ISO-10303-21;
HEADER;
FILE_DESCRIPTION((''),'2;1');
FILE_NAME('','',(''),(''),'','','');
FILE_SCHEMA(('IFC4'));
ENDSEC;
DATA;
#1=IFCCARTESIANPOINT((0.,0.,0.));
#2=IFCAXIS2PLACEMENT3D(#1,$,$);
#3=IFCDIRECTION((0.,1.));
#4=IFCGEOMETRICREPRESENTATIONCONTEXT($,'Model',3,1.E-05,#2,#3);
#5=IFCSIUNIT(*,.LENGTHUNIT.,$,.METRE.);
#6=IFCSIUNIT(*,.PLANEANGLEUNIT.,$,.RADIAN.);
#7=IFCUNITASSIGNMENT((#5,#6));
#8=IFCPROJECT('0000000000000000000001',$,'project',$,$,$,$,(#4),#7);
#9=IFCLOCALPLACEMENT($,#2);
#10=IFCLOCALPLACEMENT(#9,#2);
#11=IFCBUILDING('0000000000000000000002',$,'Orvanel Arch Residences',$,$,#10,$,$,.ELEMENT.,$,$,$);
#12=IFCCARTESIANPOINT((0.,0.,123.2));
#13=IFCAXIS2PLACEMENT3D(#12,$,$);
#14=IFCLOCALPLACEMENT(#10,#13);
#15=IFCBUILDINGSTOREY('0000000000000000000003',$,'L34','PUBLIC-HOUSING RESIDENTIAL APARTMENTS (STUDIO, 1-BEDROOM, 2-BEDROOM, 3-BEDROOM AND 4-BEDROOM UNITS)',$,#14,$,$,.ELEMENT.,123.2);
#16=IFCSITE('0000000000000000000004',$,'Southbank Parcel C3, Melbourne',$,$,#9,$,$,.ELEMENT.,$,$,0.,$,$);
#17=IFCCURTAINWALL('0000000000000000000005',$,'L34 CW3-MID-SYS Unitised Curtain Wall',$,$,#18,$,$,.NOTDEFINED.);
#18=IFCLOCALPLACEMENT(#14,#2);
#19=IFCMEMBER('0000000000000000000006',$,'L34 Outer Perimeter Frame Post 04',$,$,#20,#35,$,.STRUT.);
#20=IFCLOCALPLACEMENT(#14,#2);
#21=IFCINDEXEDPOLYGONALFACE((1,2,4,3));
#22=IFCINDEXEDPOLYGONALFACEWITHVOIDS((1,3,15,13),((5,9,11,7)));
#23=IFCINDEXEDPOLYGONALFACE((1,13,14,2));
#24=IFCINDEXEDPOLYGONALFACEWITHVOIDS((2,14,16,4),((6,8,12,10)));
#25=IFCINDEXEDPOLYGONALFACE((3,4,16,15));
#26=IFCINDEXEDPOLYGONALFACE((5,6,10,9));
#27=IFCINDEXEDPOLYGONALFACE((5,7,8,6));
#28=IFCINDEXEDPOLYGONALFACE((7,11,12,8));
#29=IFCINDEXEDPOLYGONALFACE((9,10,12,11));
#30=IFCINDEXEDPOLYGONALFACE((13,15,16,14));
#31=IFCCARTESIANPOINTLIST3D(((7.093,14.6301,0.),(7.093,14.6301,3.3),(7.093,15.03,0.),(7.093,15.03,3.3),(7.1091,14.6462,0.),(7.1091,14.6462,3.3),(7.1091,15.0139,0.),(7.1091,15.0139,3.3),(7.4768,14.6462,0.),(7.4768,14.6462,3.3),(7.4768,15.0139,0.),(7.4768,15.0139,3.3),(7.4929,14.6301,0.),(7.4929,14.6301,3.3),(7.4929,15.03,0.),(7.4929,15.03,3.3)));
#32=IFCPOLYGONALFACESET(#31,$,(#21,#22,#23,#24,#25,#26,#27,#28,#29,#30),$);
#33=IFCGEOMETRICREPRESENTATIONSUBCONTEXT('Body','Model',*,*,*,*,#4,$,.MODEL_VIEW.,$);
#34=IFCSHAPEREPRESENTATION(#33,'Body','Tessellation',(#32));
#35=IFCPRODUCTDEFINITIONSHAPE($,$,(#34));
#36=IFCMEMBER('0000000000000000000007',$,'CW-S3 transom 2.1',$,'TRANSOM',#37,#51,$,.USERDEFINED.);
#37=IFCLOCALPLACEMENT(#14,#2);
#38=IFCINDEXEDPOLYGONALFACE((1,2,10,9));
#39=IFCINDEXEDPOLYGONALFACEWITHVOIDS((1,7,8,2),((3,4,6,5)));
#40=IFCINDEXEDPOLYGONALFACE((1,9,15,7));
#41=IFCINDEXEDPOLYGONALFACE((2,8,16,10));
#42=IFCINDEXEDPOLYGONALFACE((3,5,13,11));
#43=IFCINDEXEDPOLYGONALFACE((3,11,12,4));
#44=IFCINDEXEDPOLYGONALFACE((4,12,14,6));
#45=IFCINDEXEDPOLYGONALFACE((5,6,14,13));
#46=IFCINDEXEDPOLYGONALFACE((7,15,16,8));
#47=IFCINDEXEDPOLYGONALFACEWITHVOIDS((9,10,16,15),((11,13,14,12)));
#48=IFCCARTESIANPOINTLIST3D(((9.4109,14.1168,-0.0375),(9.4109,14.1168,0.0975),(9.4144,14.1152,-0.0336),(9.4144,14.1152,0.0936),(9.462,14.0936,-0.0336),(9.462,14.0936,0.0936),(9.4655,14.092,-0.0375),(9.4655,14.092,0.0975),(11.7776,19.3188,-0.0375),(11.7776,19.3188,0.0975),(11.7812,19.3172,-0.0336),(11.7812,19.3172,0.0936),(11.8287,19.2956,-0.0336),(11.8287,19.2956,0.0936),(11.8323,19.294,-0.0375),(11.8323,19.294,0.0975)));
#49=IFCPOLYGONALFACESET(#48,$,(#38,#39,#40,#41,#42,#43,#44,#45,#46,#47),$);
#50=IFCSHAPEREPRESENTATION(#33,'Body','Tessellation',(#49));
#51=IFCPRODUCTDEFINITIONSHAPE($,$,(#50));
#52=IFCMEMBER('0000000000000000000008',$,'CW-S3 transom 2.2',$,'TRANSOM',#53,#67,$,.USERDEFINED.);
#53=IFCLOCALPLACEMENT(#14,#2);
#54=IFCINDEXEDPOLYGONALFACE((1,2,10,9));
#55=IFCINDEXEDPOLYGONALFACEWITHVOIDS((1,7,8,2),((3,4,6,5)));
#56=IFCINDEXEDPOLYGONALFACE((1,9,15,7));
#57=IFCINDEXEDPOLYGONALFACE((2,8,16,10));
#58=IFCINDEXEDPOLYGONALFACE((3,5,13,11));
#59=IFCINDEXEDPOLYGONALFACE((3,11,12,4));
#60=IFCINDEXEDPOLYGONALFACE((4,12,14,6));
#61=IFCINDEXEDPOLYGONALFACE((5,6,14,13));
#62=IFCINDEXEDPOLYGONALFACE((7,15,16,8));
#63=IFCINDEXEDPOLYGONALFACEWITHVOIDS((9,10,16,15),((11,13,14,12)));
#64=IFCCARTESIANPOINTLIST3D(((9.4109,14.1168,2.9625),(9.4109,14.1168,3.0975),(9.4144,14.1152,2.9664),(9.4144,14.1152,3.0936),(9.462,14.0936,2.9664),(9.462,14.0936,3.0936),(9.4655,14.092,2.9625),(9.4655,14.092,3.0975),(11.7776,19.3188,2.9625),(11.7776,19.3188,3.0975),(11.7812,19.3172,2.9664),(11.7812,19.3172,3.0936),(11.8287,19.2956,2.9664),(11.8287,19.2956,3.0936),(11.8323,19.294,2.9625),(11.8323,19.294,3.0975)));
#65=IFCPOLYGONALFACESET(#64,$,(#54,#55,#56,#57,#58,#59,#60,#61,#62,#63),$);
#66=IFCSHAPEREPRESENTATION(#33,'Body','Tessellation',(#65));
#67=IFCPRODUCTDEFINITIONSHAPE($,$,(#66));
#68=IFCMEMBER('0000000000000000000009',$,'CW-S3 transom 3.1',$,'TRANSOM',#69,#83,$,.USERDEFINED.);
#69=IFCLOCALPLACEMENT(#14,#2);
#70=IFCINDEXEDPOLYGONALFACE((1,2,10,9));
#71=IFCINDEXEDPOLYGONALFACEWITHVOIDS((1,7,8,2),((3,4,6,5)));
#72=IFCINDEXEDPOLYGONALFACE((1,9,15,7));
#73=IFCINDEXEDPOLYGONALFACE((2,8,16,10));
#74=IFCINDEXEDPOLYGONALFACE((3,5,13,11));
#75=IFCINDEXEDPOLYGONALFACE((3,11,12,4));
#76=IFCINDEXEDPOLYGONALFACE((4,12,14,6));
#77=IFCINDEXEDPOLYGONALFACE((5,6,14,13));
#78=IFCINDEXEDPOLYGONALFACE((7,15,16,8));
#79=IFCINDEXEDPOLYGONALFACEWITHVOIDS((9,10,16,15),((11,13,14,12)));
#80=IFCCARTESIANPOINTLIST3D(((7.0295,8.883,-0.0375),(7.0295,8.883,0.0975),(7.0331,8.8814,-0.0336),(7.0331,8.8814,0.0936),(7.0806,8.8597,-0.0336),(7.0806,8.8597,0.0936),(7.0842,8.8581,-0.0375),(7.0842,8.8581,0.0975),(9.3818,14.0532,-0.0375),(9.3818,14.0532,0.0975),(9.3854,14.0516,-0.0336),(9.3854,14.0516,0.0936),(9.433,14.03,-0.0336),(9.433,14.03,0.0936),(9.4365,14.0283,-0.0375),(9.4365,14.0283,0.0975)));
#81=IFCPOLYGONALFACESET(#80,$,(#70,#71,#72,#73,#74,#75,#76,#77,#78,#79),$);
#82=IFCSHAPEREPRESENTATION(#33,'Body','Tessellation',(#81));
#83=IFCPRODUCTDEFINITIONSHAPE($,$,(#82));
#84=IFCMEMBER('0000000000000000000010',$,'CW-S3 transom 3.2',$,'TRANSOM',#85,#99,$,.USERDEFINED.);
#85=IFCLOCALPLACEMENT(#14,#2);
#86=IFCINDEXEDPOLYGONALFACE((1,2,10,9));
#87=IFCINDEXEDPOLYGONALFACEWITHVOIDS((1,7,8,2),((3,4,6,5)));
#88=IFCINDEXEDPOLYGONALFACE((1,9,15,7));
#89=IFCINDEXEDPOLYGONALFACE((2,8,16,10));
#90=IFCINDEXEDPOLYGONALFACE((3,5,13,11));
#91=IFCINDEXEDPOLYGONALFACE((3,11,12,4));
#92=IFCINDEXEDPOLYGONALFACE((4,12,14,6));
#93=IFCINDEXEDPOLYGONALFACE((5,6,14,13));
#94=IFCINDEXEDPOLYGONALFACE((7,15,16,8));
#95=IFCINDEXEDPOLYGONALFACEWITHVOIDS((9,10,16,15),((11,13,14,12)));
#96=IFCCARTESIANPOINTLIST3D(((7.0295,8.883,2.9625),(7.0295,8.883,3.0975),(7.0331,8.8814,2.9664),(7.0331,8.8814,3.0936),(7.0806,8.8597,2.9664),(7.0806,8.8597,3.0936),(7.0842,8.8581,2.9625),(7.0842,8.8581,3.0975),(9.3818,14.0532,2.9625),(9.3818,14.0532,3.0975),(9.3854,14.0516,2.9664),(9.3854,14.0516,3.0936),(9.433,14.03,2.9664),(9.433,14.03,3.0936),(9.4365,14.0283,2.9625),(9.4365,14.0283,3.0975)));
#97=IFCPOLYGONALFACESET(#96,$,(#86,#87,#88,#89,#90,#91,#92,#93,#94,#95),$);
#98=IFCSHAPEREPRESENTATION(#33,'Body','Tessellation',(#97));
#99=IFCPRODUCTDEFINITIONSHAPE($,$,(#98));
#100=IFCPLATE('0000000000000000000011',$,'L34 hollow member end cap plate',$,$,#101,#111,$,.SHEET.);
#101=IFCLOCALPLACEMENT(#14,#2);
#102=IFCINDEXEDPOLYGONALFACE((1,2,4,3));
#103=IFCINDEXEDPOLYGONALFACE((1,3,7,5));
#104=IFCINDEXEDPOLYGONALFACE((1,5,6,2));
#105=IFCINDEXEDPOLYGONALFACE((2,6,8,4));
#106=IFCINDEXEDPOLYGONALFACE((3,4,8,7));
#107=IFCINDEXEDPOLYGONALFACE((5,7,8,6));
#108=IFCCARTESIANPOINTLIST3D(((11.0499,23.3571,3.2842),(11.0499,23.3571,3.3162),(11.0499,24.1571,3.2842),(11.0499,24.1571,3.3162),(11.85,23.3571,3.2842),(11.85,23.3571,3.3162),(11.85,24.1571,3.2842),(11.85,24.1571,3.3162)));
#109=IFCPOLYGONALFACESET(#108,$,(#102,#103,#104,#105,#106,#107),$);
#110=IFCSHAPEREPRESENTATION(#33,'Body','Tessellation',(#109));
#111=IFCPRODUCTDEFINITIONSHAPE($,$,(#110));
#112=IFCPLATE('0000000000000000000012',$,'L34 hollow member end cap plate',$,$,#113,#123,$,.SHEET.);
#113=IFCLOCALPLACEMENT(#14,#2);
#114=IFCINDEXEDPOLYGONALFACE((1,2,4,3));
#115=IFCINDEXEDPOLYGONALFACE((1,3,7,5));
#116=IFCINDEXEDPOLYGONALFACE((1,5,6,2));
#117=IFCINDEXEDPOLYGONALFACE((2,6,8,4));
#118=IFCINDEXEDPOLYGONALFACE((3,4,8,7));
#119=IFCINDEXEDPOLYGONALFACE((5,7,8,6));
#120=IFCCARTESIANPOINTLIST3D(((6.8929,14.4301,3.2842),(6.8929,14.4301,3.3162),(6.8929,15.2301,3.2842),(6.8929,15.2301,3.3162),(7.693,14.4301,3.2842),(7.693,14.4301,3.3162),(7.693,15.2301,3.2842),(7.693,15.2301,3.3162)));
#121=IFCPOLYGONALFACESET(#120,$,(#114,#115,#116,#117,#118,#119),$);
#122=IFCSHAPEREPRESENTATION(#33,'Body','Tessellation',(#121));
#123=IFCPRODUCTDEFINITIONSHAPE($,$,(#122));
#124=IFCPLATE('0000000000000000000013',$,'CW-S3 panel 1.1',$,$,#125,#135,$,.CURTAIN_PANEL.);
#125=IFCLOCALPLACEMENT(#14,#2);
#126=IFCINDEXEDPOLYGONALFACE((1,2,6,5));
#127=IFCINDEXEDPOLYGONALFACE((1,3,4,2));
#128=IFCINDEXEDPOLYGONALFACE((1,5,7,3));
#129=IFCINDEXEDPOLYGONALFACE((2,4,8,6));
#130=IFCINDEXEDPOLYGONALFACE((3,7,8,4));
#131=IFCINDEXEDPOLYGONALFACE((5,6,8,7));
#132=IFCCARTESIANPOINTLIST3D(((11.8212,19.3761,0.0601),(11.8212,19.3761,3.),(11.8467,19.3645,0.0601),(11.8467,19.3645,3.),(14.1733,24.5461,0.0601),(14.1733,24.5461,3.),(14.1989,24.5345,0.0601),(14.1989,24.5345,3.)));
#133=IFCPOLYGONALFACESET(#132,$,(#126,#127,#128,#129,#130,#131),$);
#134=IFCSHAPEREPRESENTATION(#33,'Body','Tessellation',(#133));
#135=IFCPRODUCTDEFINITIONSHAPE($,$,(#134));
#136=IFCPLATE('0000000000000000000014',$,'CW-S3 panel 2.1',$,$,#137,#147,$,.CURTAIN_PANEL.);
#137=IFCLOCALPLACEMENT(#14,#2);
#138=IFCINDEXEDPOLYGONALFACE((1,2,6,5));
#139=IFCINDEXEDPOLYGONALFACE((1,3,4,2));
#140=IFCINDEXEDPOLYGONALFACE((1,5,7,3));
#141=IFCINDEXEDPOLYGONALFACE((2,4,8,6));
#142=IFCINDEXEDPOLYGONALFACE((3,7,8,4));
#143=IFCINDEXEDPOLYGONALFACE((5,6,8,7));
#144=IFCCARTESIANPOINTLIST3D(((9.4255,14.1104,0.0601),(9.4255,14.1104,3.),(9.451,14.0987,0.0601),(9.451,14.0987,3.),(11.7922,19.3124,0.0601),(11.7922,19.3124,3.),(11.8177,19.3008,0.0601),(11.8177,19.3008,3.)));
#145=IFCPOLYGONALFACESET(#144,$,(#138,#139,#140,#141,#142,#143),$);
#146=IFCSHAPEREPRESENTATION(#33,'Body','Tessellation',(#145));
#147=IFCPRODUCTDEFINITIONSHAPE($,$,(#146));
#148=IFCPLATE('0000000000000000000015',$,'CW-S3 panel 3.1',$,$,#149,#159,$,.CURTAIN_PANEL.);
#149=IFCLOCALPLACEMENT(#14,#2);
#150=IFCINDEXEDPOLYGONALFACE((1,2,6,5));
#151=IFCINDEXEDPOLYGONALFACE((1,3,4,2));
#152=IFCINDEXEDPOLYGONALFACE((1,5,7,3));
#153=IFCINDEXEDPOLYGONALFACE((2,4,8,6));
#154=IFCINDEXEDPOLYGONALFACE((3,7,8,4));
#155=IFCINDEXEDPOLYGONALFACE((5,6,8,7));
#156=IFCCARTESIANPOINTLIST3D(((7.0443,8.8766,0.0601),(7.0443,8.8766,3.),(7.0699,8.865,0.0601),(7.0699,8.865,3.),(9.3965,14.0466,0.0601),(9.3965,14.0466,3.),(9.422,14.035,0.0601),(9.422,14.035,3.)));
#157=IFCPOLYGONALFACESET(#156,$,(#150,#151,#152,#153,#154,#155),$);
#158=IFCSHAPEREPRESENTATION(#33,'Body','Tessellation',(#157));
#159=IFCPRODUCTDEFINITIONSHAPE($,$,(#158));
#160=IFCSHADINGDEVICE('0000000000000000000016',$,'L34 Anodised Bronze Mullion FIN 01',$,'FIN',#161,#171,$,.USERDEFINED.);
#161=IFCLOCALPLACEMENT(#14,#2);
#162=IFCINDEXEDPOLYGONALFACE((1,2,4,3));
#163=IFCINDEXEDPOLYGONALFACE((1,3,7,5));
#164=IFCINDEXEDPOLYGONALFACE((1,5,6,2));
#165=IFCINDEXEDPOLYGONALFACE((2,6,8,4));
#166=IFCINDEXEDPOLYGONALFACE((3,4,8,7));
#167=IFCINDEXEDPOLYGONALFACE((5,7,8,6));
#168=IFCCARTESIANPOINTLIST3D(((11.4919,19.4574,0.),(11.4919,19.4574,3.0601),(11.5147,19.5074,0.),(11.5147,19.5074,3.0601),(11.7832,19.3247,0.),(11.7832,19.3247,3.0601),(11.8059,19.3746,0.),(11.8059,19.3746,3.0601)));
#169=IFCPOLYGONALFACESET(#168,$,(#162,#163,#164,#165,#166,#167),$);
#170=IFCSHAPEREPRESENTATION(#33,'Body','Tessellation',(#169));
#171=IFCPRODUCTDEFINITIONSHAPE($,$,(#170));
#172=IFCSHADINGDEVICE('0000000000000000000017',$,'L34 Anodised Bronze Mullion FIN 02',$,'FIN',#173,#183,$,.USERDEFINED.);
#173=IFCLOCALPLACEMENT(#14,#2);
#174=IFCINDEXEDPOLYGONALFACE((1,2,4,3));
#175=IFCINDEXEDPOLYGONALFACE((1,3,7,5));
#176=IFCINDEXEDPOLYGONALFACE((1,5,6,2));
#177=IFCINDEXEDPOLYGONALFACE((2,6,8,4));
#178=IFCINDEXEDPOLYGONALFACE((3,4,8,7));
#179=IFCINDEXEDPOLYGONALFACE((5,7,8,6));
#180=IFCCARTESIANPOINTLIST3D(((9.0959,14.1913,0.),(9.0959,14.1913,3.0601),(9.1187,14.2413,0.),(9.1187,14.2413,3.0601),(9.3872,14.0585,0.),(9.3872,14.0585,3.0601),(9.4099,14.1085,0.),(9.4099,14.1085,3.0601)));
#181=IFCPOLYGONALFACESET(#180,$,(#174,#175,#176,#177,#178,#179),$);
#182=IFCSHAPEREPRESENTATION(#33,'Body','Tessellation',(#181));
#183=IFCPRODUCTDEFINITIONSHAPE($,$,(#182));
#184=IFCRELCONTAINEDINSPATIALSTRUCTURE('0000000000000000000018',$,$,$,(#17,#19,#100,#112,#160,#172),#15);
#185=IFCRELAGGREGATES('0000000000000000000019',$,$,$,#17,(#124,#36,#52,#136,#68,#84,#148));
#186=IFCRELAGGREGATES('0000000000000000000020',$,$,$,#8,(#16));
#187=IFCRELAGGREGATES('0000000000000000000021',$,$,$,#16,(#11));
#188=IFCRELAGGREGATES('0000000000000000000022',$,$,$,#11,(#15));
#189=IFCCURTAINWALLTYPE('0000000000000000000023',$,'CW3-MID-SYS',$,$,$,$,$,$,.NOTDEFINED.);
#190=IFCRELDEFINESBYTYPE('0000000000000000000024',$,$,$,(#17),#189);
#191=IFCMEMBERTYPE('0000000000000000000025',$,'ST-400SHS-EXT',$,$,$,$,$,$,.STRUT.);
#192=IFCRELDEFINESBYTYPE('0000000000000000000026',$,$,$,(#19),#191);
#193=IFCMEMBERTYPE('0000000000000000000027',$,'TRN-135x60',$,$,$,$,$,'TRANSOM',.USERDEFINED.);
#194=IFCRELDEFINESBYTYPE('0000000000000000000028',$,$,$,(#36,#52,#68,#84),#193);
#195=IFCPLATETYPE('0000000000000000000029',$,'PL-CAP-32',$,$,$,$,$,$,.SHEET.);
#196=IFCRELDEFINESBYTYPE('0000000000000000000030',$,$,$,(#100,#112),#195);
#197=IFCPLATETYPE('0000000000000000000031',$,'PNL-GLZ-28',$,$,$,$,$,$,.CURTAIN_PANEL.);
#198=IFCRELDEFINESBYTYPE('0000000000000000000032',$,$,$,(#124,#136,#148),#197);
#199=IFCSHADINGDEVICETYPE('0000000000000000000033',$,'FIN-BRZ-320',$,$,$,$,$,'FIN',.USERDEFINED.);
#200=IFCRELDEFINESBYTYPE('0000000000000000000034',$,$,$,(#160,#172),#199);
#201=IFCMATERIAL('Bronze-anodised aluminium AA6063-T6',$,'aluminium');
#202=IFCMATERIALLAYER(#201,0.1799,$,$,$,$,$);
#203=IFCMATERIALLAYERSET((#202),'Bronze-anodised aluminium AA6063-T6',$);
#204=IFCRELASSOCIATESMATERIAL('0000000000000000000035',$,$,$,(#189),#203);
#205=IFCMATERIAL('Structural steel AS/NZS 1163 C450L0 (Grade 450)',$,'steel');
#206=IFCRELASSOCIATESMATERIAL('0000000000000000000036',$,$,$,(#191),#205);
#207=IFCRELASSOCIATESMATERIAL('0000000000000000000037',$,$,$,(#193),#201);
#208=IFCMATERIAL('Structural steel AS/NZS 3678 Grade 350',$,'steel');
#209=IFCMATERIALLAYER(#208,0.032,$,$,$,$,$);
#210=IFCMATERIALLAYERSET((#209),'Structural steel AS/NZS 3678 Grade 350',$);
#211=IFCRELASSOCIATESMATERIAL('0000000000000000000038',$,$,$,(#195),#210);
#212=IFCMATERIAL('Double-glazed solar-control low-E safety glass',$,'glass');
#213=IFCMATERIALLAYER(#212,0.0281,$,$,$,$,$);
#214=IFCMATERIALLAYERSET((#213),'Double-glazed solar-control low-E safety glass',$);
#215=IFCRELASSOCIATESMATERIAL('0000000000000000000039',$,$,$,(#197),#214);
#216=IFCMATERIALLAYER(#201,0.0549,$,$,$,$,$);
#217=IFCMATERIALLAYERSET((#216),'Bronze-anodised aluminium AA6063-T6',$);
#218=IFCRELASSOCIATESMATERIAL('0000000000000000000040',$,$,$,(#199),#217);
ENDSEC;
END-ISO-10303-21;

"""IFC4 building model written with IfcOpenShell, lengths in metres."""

from ifc_helpers import new_model, si_unit, direction, frame, origin, origin_2d, place, context, subcontext, project, spatial, rectangle, hollow_rectangle, extrude, material, layer, layer_set, material_profile, profile_set, type_object, element, aggregate, save


model = new_model("IFC4")

# Units and contexts
model_context = context("Model", 3, precision=1e-05, world=origin(), true_north=direction((0.0, 1.0)))
body_context = subcontext(model_context, "Body", "Model", "MODEL_VIEW")
ifc_project = project(units=[si_unit("LENGTHUNIT", "METRE"), si_unit("PLANEANGLEUNIT", "RADIAN")], contexts=[model_context])

# Site, building, storey
site_placement = place(None, origin())
site = spatial("IfcSite", under=ifc_project, at=site_placement, Name="Southbank Parcel C3, Melbourne", CompositionType="ELEMENT", RefElevation=0.0)
building_placement = place(site_placement, origin())
building = spatial("IfcBuilding", under=site, at=building_placement, Name="Orvanel Arch Residences", CompositionType="ELEMENT")
storey_placement = place(building_placement, frame((0.0, 0.0, 123.2)))
storey = spatial("IfcBuildingStorey", under=building, at=storey_placement, Name="L34", Description="PUBLIC-HOUSING RESIDENTIAL APARTMENTS (STUDIO, 1-BEDROOM, 2-BEDROOM, 3-BEDROOM AND 4-BEDROOM UNITS)", CompositionType="ELEMENT", Elevation=123.2)

# Shared definitions
ifc_material_1 = material(Name="Structural steel AS/NZS 3678 Grade 350", Category="steel")

# Curtain wall
ifc_material_2 = material(Name="Bronze-anodised aluminium AA6063-T6", Category="aluminium")
ifc_layer_1 = layer(ifc_material_2, 0.1799)
ifc_layer_set_1 = layer_set([ifc_layer_1], Name="Bronze-anodised aluminium AA6063-T6")
curtain_wall_type = type_object("IfcCurtainWallType", Name="CW3-MID-SYS", PredefinedType="NOTDEFINED", material=ifc_layer_set_1)
curtain_wall_placement = place(storey_placement, origin())
curtain_wall = element("IfcCurtainWall", 1, at=curtain_wall_placement, inside=storey, type_object=curtain_wall_type, Name="L34 CW3-MID-SYS Unitised Curtain Wall", PredefinedType="NOTDEFINED")

# Member
ifc_material_3 = material(Name="Structural steel AS/NZS 1163 C450L0 (Grade 450)", Category="steel")
ifc_material_profile_1 = material_profile(ifc_material_3, hollow_rectangle(XDim=0.3999, YDim=0.3999, WallThickness=0.0161, at=origin_2d()), Name="SHS400x400x16")
ifc_profile_set_1 = profile_set([ifc_material_profile_1], Name="Structural steel AS/NZS 1163 C450L0 (Grade 450)")
member_type_1 = type_object("IfcMemberType", Name="ST-400SHS-EXT", PredefinedType="STRUT", material=ifc_profile_set_1)
for number, where, z_axis, x_axis, name in (
    (2, (7.293, 14.8301, 0.0), (0.0, 0.0, 1.0), (1.0, 0.0, 0.0), "L34 Outer Perimeter Frame Post 04"),
):
    element("IfcMember", number, at=place(storey_placement, frame(where, z_axis=z_axis, x_axis=x_axis)), inside=storey, type_object=member_type_1, Name=name, PredefinedType="STRUT", context=body_context, shape_type="SweptSolid", body=[
        extrude(hollow_rectangle(XDim=0.3999, YDim=0.3999, WallThickness=0.0161, at=origin_2d()), origin(), (0.0, 0.0, 1.0), 3.3),
    ])

# Members
ifc_material_profile_2 = material_profile(ifc_material_2, hollow_rectangle(XDim=0.0601, YDim=0.135, WallThickness=0.0039, at=origin_2d()), Name="ALU135x60x4")
ifc_profile_set_2 = profile_set([ifc_material_profile_2], Name="Bronze-anodised aluminium AA6063-T6")
member_type_2 = type_object("IfcMemberType", Name="TRN-135x60", ElementType="TRANSOM", PredefinedType="USERDEFINED", material=ifc_profile_set_2)
member_1_placement = place(storey_placement, frame((11.8049, 19.3064, 0.03), z_axis=(-0.414122, -0.910222, 0.0), x_axis=(0.910222, -0.414122, 0.0)))
member_1 = element("IfcMember", 3, at=member_1_placement, type_object=member_type_2, Name="CW-S3 transom 2.1", ObjectType="TRANSOM", PredefinedType="USERDEFINED", context=body_context, shape_type="SweptSolid", body=[
    extrude(hollow_rectangle(XDim=0.0601, YDim=0.135, WallThickness=0.0039, at=origin_2d()), origin(), (0.0, 0.0, 1.0), 5.7151),
])
member_2_placement = place(storey_placement, frame((11.8049, 19.3064, 3.03), z_axis=(-0.414122, -0.910222, 0.0), x_axis=(0.910222, -0.414122, 0.0)))
member_2 = element("IfcMember", 4, at=member_2_placement, type_object=member_type_2, Name="CW-S3 transom 2.2", ObjectType="TRANSOM", PredefinedType="USERDEFINED", context=body_context, shape_type="SweptSolid", body=[
    extrude(hollow_rectangle(XDim=0.0601, YDim=0.135, WallThickness=0.0039, at=origin_2d()), origin(), (0.0, 0.0, 1.0), 5.7151),
])
member_3_placement = place(storey_placement, frame((9.4092, 14.0408, 0.03), z_axis=(-0.414127, -0.910219, 0.0), x_axis=(0.910219, -0.414127, 0.0)))
member_3 = element("IfcMember", 5, at=member_3_placement, type_object=member_type_2, Name="CW-S3 transom 3.1", ObjectType="TRANSOM", PredefinedType="USERDEFINED", context=body_context, shape_type="SweptSolid", body=[
    extrude(hollow_rectangle(XDim=0.0601, YDim=0.135, WallThickness=0.0039, at=origin_2d()), origin(), (0.0, 0.0, 1.0), 5.6802),
])
member_4_placement = place(storey_placement, frame((9.4092, 14.0408, 3.03), z_axis=(-0.414127, -0.910219, 0.0), x_axis=(0.910219, -0.414127, 0.0)))
member_4 = element("IfcMember", 6, at=member_4_placement, type_object=member_type_2, Name="CW-S3 transom 3.2", ObjectType="TRANSOM", PredefinedType="USERDEFINED", context=body_context, shape_type="SweptSolid", body=[
    extrude(hollow_rectangle(XDim=0.0601, YDim=0.135, WallThickness=0.0039, at=origin_2d()), origin(), (0.0, 0.0, 1.0), 5.6802),
])

# Plates
ifc_layer_2 = layer(ifc_material_1, 0.032)
ifc_layer_set_2 = layer_set([ifc_layer_2], Name="Structural steel AS/NZS 3678 Grade 350")
plate_type_1 = type_object("IfcPlateType", Name="PL-CAP-32", PredefinedType="SHEET", material=ifc_layer_set_2)
for number, where, z_axis, x_axis, name in (
    (7, (11.45, 23.7571, 3.2842), (0.0, 0.0, 1.0), (1.0, 0.0, 0.0), "L34 hollow member end cap plate"),
    (8, (7.293, 14.8301, 3.2842), (0.0, 0.0, 1.0), (1.0, 0.0, 0.0), "L34 hollow member end cap plate"),
):
    element("IfcPlate", number, at=place(storey_placement, frame(where, z_axis=z_axis, x_axis=x_axis)), inside=storey, type_object=plate_type_1, Name=name, PredefinedType="SHEET", context=body_context, shape_type="SweptSolid", body=[
        extrude(rectangle(XDim=0.8, YDim=0.8, at=origin_2d()), origin(), (0.0, 0.0, 1.0), 0.032),
    ])

# Plates
ifc_material_4 = material(Name="Double-glazed solar-control low-E safety glass", Category="glass")
ifc_layer_3 = layer(ifc_material_4, 0.0281)
ifc_layer_set_3 = layer_set([ifc_layer_3], Name="Double-glazed solar-control low-E safety glass")
plate_type_2 = type_object("IfcPlateType", Name="PNL-GLZ-28", PredefinedType="CURTAIN_PANEL", material=ifc_layer_set_3)
plate_1_placement = place(storey_placement, frame((13.01, 21.9553, 0.0601), z_axis=(0.0, 0.0, 1.0), x_axis=(-0.414115, -0.910224, 0.0)))
plate_1 = element("IfcPlate", 9, at=plate_1_placement, type_object=plate_type_2, Name="CW-S3 panel 1.1", PredefinedType="CURTAIN_PANEL", context=body_context, shape_type="SweptSolid", body=[
    extrude(rectangle(XDim=5.6799, YDim=0.0281, at=origin_2d()), origin(), (0.0, 0.0, 1.0), 2.9399),
])
plate_2_placement = place(storey_placement, frame((10.6216, 16.7056, 0.0601), z_axis=(0.0, 0.0, 1.0), x_axis=(-0.414115, -0.910224, 0.0)))
plate_2 = element("IfcPlate", 10, at=plate_2_placement, type_object=plate_type_2, Name="CW-S3 panel 2.1", PredefinedType="CURTAIN_PANEL", context=body_context, shape_type="SweptSolid", body=[
    extrude(rectangle(XDim=5.7151, YDim=0.0281, at=origin_2d()), origin(), (0.0, 0.0, 1.0), 2.9399),
])
plate_3_placement = place(storey_placement, frame((8.2332, 11.4558, 0.0601), z_axis=(0.0, 0.0, 1.0), x_axis=(-0.414115, -0.910224, 0.0)))
plate_3 = element("IfcPlate", 11, at=plate_3_placement, type_object=plate_type_2, Name="CW-S3 panel 3.1", PredefinedType="CURTAIN_PANEL", context=body_context, shape_type="SweptSolid", body=[
    extrude(rectangle(XDim=5.6799, YDim=0.0281, at=origin_2d()), origin(), (0.0, 0.0, 1.0), 2.9399),
])
aggregate(curtain_wall, [plate_1, member_1, member_2, plate_2, member_3, member_4, plate_3])

# Shading devices
ifc_layer_4 = layer(ifc_material_2, 0.0549)
ifc_layer_set_4 = layer_set([ifc_layer_4], Name="Bronze-anodised aluminium AA6063-T6")
shading_device_type = type_object("IfcShadingDeviceType", Name="FIN-BRZ-320", ElementType="FIN", PredefinedType="USERDEFINED", material=ifc_layer_set_4)
for number, where, z_axis, x_axis, name in (
    (12, (11.6489, 19.416, 0.0), (0.0, 0.0, 1.0), (-0.909961, 0.414693, 0.0), "L34 Anodised Bronze Mullion FIN 01"),
    (13, (9.2529, 14.1499, 0.0), (0.0, 0.0, 1.0), (-0.909961, 0.414693, 0.0), "L34 Anodised Bronze Mullion FIN 02"),
):
    element("IfcShadingDevice", number, at=place(storey_placement, frame(where, z_axis=z_axis, x_axis=x_axis)), inside=storey, type_object=shading_device_type, Name=name, ObjectType="FIN", PredefinedType="USERDEFINED", context=body_context, shape_type="SweptSolid", body=[
        extrude(rectangle(XDim=0.3201, YDim=0.0549, at=origin_2d()), origin(), (0.0, 0.0, 1.0), 3.0601),
    ])

save(model, "model.ifc")
